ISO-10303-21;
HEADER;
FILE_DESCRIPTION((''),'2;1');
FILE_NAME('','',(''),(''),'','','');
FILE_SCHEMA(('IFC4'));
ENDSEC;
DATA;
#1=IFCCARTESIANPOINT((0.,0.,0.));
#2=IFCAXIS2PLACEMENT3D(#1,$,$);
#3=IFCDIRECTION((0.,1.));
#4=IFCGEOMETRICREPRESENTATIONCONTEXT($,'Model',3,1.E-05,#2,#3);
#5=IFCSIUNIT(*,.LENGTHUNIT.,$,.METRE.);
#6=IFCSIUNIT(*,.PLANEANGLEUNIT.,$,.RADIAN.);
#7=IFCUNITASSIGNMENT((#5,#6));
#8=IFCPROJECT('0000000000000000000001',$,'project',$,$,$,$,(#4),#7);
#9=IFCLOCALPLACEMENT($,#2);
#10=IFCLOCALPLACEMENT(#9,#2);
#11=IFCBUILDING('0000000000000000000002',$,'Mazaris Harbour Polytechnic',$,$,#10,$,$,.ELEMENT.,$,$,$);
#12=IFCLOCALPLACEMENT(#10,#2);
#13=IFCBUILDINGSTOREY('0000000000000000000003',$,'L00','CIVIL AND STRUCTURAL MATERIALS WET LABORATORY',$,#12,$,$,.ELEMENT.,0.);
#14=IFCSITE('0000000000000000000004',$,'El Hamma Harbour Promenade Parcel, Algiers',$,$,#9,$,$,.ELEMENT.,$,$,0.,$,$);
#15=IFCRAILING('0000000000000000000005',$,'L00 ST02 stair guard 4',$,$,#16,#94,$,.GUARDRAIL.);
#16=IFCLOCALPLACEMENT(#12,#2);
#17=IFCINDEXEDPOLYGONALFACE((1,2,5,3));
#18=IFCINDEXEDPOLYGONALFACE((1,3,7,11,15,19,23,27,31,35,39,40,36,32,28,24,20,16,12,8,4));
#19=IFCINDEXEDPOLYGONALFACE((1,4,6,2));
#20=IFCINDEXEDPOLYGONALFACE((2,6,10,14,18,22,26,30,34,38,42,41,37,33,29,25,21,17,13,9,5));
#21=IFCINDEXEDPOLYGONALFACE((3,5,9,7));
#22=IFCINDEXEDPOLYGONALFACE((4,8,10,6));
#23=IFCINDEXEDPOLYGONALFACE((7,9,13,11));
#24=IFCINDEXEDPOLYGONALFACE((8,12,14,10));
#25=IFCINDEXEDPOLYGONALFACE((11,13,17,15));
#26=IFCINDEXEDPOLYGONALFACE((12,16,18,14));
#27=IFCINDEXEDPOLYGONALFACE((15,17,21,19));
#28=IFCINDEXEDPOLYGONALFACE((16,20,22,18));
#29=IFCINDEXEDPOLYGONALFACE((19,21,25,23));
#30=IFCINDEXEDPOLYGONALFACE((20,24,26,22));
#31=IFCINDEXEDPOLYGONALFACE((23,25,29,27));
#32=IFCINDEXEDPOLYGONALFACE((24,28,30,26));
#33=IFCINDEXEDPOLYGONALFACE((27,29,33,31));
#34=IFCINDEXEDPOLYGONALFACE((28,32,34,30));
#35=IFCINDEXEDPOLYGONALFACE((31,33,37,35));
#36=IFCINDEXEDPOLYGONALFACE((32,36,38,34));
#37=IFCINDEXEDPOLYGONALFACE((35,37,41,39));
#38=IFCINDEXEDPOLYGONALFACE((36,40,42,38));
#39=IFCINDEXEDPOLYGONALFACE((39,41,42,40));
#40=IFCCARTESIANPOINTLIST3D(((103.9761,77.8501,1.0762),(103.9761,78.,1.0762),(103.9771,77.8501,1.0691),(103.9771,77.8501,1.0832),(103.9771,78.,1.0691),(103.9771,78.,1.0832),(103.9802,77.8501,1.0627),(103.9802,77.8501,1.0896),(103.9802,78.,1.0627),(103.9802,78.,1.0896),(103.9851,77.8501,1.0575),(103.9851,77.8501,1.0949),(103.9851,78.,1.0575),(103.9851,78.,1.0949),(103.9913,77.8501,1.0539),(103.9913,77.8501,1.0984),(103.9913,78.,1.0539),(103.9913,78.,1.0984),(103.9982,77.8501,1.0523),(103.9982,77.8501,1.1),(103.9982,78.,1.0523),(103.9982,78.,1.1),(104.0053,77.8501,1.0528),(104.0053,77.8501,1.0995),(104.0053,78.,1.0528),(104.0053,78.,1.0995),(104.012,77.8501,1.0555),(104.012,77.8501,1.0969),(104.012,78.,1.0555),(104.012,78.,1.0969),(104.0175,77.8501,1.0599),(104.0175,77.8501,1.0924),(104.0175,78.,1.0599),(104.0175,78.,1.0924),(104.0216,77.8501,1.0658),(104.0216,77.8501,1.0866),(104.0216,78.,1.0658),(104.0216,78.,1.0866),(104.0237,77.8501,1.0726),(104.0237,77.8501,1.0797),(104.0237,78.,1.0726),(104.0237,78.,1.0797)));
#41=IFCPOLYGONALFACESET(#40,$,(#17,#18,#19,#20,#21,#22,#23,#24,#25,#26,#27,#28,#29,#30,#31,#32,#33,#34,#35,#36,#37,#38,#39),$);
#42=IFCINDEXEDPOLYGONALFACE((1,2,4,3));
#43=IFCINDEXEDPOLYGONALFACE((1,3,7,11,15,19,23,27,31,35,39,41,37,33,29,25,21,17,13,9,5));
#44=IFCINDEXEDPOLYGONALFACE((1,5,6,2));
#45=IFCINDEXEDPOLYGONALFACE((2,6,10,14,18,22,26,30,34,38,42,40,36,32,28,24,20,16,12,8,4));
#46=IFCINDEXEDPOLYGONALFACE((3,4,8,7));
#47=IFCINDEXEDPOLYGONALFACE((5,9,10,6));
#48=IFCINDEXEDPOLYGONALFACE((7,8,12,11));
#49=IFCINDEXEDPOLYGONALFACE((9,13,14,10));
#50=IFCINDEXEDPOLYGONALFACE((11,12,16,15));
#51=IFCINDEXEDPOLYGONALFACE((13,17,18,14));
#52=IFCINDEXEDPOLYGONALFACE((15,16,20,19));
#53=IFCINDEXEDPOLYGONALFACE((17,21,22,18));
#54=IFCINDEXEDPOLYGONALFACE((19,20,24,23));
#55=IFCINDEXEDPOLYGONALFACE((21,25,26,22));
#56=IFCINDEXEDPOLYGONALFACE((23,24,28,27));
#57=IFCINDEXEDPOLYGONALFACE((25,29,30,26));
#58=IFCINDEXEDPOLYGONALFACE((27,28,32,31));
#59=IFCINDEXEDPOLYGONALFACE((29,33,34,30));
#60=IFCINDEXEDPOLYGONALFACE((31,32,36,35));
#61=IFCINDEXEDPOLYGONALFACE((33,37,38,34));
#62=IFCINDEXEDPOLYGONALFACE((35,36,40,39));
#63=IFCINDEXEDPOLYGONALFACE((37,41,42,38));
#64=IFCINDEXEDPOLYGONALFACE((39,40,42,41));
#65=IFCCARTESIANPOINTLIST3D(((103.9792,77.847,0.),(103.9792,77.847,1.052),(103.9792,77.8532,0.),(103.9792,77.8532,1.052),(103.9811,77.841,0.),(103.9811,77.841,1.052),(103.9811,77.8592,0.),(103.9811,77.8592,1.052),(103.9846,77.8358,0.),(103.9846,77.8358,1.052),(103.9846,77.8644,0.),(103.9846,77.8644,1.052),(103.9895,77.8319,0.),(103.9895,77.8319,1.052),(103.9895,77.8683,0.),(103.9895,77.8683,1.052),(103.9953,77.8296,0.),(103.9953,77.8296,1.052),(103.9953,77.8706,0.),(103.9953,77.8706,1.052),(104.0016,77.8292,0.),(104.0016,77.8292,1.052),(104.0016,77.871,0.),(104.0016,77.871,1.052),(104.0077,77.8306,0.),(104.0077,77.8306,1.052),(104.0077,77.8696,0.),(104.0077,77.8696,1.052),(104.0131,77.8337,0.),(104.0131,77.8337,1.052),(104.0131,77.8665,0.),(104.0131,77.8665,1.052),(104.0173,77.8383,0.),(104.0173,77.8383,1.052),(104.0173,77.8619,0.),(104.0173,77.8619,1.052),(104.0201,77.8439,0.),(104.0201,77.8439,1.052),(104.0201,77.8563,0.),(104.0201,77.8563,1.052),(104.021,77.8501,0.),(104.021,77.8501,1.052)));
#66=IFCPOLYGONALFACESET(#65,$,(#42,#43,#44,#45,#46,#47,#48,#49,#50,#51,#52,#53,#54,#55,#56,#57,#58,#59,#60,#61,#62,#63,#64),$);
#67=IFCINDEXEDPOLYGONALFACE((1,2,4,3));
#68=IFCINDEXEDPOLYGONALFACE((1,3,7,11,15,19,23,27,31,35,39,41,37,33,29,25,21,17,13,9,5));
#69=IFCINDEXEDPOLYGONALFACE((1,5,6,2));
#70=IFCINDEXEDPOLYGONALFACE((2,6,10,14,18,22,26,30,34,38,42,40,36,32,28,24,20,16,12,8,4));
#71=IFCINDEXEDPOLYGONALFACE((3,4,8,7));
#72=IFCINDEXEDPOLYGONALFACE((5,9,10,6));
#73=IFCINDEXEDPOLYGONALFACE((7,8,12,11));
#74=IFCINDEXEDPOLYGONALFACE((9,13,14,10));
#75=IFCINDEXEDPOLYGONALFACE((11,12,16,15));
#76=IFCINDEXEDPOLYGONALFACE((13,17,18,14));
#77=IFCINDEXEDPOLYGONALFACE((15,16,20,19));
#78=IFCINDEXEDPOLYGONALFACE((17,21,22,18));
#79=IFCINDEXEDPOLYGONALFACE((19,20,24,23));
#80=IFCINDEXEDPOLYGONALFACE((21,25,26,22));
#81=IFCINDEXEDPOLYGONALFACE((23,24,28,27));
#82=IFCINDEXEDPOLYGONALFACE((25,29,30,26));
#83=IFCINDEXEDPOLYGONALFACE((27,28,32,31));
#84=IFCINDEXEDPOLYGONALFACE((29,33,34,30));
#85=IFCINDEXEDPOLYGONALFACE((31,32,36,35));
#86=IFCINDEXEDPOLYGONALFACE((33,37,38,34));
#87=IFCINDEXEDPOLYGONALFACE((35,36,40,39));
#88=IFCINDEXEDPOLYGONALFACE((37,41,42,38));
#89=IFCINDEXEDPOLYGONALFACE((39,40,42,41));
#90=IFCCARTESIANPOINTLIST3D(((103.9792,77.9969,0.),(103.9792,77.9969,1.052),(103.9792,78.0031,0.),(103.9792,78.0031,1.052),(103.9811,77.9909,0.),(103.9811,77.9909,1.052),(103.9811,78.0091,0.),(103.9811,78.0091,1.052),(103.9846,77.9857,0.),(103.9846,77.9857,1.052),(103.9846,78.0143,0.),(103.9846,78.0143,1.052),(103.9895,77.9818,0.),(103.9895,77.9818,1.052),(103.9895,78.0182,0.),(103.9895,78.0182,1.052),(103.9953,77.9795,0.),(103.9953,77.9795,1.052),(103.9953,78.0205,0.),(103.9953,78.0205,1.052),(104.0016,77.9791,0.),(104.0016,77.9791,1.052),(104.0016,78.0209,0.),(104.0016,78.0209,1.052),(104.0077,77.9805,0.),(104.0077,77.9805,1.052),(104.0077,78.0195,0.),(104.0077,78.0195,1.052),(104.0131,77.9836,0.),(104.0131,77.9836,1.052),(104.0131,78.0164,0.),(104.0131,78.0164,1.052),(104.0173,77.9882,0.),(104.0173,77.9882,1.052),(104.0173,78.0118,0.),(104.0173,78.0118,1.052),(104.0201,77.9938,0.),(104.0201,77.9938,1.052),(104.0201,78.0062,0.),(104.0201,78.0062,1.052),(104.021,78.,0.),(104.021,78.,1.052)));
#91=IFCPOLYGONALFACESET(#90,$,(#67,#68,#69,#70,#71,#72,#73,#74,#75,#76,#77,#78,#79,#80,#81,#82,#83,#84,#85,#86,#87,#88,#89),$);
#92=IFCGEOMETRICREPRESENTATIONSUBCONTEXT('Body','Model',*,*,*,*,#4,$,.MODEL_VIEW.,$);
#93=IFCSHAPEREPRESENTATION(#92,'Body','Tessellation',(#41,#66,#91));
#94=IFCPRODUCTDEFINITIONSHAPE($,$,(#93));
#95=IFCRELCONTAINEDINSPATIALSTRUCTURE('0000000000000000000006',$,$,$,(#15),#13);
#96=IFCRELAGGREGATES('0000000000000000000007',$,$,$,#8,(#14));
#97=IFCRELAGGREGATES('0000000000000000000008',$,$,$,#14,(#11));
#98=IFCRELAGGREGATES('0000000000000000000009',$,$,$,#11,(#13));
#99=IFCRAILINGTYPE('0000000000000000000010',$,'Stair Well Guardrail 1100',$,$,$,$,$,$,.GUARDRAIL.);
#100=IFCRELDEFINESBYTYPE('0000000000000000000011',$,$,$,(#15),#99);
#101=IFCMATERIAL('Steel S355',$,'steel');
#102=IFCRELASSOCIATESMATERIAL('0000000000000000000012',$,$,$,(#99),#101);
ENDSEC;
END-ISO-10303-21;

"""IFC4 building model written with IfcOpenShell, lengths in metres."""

from ifc_helpers import new_model, si_unit, direction, frame, origin, origin_2d, place, context, subcontext, project, spatial, circle, extrude, material, type_object, element, save


model = new_model("IFC4")

# Units and contexts
model_context = context("Model", 3, precision=1e-05, world=origin(), true_north=direction((0.0, 1.0)))
body_context = subcontext(model_context, "Body", "Model", "MODEL_VIEW")
ifc_project = project(units=[si_unit("LENGTHUNIT", "METRE"), si_unit("PLANEANGLEUNIT", "RADIAN")], contexts=[model_context])

# Site, building, storey
site_placement = place(None, origin())
site = spatial("IfcSite", under=ifc_project, at=site_placement, Name="El Hamma Harbour Promenade Parcel, Algiers", CompositionType="ELEMENT", RefElevation=0.0)
building_placement = place(site_placement, origin())
building = spatial("IfcBuilding", under=site, at=building_placement, Name="Mazaris Harbour Polytechnic", CompositionType="ELEMENT")
storey_placement = place(building_placement, origin())
storey = spatial("IfcBuildingStorey", under=building, at=storey_placement, Name="L00", Description="CIVIL AND STRUCTURAL MATERIALS WET LABORATORY", CompositionType="ELEMENT", Elevation=0.0)

# Railing
ifc_material_1 = material(Name="Steel S355", Category="steel")
railing_type_1 = type_object("IfcRailingType", Name="Stair Well Guardrail 1100", PredefinedType="GUARDRAIL", material=ifc_material_1)
railing_1_placement = place(storey_placement, frame((104.0, 77.8501, 0.0)))
element("IfcRailing", 1, at=railing_1_placement, inside=storey, type_object=railing_type_1, Name="L00 ST02 stair guard 4", PredefinedType="GUARDRAIL", context=body_context, shape_type="SweptSolid", body=[
    extrude(circle(Radius=0.0239, at=origin_2d()), frame((0.0, 0.0, 1.0762), z_axis=(0.0, 1.0, 0.0), x_axis=(-1.0, 0.0, 0.0)), (0.0, 0.0, 1.0), 0.1499),
    extrude(circle(Radius=0.021, at=origin_2d()), origin(), (0.0, 0.0, 1.0), 1.052),
    extrude(circle(Radius=0.021, at=origin_2d()), frame((0.0, 0.1499, 0.0)), (0.0, 0.0, 1.0), 1.052),
])

save(model, "model.ifc")
